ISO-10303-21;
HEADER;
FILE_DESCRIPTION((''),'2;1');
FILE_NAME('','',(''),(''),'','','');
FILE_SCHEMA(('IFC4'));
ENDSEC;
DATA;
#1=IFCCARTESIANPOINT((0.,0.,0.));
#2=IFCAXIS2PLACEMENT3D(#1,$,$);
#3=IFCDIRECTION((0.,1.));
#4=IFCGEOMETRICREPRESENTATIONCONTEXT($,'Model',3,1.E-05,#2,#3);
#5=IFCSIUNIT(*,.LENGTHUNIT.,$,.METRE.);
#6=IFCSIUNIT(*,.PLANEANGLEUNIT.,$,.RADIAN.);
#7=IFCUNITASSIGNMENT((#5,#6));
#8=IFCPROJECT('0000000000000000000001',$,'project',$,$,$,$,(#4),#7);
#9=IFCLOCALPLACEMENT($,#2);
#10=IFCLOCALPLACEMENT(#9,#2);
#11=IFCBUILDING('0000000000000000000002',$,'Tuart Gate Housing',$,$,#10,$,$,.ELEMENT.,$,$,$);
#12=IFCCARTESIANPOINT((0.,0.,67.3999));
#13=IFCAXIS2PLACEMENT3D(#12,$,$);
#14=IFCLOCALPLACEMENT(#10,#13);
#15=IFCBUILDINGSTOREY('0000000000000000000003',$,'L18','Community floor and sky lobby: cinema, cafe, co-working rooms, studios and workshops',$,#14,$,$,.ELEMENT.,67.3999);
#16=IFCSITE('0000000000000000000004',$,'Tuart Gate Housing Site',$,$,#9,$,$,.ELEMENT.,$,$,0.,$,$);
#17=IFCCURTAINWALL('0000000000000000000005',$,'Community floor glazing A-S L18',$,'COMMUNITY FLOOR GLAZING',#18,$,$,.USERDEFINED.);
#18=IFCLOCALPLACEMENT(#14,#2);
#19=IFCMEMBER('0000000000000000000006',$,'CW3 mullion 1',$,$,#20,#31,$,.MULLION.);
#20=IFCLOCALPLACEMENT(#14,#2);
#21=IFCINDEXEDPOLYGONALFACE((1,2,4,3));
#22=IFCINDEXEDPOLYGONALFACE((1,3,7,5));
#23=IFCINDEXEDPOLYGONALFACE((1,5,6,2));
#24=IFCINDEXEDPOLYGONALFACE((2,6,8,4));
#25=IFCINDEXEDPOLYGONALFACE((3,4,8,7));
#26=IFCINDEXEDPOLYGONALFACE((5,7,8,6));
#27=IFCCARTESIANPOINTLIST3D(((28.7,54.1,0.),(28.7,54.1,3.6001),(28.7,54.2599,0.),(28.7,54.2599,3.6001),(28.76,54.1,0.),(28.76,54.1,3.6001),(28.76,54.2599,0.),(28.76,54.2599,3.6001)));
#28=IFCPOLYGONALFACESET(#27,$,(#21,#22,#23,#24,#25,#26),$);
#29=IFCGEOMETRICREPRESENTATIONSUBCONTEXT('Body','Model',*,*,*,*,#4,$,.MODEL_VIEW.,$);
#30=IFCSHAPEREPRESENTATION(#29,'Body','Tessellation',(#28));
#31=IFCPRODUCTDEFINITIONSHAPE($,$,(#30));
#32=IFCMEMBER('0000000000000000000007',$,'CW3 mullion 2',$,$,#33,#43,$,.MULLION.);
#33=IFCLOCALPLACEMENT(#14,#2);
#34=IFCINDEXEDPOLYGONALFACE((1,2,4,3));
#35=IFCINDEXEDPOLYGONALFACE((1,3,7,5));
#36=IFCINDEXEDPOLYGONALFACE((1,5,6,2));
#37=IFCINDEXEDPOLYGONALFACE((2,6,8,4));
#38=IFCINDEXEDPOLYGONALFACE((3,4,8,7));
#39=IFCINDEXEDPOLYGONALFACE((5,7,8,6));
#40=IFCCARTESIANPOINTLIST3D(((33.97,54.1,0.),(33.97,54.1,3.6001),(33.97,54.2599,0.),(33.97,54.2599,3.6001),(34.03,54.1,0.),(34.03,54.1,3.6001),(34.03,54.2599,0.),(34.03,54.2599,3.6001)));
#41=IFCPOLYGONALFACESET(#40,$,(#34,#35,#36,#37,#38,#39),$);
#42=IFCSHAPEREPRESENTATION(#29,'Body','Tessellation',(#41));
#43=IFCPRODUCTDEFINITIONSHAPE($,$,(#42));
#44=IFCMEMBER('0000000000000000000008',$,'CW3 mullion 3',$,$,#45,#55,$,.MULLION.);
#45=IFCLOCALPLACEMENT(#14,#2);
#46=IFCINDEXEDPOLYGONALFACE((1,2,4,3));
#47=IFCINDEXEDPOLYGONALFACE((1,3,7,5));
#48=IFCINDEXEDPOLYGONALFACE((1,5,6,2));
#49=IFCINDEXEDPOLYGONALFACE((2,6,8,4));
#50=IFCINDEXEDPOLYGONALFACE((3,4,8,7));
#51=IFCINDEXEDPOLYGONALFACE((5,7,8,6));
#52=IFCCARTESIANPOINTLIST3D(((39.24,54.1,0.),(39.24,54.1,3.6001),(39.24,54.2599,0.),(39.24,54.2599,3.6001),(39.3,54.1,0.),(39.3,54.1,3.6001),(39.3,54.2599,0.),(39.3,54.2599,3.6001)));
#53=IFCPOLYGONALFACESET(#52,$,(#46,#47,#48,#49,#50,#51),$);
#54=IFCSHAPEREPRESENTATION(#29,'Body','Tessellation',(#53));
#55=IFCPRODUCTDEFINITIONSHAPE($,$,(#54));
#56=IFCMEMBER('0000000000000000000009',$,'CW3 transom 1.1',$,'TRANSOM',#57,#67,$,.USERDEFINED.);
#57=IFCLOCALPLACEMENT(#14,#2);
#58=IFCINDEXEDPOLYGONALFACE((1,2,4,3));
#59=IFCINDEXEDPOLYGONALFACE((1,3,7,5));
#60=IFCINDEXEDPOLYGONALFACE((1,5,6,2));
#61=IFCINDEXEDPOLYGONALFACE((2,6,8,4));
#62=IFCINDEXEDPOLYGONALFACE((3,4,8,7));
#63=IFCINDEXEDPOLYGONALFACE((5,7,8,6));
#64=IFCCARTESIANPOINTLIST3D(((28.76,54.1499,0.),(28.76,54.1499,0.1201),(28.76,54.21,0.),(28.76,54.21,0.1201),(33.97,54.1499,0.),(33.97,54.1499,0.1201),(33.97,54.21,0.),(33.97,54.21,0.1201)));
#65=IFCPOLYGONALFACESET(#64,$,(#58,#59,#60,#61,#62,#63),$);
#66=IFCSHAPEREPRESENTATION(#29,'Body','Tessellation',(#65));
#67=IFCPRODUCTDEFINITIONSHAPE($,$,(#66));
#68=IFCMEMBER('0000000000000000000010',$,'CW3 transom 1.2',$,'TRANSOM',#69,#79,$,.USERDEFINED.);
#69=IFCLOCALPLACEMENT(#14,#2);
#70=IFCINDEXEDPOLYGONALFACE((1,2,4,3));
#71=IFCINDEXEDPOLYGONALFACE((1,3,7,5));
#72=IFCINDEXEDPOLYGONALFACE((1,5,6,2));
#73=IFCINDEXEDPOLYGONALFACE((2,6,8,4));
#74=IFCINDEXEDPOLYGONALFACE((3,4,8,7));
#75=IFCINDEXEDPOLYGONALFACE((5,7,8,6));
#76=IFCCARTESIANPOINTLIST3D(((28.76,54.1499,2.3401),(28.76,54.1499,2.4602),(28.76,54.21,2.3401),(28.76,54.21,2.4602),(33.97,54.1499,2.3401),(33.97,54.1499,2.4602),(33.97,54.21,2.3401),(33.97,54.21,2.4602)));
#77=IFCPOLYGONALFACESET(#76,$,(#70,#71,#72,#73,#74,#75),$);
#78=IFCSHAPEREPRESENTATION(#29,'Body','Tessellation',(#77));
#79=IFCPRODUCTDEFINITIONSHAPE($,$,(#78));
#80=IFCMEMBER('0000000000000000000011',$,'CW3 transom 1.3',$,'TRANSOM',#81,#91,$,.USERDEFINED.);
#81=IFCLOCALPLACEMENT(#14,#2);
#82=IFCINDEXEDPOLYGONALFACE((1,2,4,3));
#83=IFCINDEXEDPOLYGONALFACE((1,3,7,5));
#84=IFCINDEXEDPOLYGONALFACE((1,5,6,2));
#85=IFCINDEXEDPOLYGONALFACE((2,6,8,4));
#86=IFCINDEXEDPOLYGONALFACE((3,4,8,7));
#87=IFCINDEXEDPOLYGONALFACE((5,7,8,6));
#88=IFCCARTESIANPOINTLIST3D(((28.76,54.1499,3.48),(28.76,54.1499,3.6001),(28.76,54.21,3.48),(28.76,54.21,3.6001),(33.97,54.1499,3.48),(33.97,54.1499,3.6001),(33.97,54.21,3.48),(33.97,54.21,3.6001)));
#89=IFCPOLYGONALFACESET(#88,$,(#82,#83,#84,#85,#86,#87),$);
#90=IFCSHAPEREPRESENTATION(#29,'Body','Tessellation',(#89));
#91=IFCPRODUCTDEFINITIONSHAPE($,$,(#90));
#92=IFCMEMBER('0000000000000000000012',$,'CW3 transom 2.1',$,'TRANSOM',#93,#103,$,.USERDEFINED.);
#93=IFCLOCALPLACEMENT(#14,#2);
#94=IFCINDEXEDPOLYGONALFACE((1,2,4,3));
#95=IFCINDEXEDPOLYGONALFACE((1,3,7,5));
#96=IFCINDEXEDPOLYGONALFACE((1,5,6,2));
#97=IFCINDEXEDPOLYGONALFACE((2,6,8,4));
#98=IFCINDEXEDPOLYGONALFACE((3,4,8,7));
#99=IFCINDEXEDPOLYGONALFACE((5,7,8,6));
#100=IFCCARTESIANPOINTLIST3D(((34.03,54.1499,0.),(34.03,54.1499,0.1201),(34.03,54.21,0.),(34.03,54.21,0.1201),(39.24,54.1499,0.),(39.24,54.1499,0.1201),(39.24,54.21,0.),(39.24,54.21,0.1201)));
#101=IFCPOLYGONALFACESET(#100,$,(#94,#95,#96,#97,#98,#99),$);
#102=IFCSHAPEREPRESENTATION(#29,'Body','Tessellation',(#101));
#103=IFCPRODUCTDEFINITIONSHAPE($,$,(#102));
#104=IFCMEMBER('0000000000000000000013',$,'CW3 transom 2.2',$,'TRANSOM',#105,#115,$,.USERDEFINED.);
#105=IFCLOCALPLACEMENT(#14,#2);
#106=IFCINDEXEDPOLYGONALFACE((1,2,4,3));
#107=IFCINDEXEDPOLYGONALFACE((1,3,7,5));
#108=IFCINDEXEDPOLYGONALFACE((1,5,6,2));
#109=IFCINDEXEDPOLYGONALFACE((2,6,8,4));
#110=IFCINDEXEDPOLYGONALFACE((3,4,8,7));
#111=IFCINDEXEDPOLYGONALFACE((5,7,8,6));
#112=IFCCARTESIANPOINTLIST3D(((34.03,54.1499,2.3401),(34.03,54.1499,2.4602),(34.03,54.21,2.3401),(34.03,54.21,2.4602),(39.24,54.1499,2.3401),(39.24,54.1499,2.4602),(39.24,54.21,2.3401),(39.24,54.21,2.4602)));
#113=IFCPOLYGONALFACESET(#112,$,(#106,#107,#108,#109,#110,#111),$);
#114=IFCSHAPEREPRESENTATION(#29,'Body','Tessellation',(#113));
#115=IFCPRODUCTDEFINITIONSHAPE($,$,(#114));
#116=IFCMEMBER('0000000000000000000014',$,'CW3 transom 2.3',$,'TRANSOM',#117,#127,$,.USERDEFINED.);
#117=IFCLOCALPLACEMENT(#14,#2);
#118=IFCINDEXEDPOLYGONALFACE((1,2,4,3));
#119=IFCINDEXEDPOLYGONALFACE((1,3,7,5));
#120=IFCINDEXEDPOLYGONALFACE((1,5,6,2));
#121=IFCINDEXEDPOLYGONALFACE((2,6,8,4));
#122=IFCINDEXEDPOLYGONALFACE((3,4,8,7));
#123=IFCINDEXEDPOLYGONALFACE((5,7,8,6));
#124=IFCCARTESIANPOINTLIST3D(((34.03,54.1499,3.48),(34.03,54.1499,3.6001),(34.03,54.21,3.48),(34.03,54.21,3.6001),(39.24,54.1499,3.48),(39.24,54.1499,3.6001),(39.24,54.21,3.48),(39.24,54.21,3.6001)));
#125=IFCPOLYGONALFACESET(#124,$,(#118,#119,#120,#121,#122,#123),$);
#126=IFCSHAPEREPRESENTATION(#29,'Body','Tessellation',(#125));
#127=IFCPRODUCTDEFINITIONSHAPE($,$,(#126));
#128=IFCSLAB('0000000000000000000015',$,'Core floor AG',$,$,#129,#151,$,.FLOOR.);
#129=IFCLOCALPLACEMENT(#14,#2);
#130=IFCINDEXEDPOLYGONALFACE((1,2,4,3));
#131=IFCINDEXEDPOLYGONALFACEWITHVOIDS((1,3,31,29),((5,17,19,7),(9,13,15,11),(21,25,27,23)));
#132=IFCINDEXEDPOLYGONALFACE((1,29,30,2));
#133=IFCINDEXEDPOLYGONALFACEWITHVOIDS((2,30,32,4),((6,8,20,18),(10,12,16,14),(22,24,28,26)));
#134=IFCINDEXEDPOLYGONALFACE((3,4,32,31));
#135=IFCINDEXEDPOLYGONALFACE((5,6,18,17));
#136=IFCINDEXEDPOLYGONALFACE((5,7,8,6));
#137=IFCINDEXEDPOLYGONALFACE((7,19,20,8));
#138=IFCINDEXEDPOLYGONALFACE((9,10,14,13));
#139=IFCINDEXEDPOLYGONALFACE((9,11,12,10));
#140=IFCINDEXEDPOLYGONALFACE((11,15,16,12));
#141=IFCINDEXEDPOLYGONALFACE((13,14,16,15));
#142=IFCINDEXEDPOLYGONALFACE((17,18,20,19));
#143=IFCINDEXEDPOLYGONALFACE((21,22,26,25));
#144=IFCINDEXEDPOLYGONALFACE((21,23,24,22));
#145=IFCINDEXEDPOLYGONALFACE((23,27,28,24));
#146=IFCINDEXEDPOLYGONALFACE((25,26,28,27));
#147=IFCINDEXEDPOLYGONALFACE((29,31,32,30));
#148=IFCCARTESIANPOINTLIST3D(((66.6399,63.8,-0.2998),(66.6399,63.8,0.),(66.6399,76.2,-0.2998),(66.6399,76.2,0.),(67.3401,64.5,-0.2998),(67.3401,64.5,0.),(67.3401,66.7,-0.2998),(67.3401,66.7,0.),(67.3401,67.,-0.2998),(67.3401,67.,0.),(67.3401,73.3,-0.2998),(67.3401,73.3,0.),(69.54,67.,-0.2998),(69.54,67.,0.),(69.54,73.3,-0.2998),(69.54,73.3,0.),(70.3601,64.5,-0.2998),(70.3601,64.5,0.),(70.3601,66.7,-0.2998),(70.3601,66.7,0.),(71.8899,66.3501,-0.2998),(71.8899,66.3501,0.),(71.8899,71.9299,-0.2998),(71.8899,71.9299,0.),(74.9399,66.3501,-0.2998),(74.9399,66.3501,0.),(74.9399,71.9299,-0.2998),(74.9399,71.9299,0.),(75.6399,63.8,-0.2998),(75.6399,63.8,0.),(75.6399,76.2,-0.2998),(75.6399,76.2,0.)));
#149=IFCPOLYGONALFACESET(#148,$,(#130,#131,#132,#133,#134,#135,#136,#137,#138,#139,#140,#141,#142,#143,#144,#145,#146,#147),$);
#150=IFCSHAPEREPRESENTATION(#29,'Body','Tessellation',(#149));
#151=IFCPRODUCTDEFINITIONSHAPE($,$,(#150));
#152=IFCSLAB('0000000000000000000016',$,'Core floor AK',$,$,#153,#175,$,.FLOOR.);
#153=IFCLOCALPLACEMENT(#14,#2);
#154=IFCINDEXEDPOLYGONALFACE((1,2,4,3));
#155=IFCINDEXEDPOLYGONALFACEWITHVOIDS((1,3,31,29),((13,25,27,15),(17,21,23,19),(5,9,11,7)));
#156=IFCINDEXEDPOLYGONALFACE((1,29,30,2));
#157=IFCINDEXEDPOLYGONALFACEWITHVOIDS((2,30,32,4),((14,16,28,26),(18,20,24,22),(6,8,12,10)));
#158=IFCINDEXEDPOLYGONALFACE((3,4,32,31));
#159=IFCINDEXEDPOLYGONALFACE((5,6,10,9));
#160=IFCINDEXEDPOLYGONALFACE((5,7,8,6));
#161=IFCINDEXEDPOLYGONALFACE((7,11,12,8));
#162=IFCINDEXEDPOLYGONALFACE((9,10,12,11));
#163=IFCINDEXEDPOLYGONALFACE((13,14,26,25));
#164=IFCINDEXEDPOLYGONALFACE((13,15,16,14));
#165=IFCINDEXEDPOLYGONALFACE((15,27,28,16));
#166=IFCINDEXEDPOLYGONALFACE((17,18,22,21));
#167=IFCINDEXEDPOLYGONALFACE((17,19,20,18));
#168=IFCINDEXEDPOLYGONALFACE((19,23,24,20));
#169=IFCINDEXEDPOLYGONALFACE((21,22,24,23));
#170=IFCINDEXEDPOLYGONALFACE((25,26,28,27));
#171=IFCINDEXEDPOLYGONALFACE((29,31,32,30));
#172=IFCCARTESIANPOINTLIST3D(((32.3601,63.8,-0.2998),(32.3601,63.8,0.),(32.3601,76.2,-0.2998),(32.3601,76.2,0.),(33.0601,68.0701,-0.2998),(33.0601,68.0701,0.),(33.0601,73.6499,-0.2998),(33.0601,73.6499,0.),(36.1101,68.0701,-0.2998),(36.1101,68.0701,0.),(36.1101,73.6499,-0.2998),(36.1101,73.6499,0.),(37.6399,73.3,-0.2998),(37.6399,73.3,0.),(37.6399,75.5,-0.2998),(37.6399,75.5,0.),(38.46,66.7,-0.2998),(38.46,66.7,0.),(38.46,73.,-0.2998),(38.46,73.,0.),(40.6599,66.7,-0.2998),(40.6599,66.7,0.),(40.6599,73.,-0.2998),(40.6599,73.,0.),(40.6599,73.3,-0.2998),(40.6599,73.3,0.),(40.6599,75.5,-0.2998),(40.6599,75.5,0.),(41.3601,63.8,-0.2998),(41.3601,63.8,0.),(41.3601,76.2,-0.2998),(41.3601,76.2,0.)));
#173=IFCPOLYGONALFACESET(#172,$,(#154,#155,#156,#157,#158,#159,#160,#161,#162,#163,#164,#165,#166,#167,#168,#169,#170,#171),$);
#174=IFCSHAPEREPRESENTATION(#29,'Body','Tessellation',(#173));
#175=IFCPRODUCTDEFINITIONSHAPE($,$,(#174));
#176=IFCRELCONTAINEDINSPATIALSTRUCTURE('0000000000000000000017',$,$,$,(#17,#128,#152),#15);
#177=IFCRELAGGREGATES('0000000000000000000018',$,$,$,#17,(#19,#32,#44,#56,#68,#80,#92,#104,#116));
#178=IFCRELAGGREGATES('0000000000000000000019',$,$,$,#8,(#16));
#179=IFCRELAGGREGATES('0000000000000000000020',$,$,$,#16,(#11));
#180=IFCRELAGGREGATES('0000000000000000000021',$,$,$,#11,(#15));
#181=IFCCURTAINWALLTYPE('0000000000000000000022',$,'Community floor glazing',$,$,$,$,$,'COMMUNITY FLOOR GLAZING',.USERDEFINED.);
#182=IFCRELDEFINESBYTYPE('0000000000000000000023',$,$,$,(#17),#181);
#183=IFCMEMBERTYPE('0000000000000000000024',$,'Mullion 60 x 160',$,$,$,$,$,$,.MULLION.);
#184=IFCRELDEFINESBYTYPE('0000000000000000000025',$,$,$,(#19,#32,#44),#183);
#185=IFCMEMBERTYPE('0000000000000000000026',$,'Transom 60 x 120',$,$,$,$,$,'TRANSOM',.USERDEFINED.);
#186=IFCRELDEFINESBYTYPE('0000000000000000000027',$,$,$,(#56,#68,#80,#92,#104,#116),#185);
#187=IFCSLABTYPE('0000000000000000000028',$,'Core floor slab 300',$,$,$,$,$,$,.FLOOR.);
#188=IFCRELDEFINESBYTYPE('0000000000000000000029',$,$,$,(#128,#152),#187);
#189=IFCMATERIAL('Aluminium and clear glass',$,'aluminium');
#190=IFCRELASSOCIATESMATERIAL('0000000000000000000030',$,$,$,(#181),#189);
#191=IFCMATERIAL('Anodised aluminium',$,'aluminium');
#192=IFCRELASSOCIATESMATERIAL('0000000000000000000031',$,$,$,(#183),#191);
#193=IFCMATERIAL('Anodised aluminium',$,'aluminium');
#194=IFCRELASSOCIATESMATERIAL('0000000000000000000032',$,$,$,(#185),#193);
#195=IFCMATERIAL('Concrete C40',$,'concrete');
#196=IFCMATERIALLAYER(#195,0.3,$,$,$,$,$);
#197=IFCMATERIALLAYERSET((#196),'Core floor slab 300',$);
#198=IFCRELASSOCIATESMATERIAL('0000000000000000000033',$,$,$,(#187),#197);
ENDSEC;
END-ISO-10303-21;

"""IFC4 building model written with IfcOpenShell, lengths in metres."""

from ifc_helpers import new_model, si_unit, direction, frame, origin, origin_2d, place, context, subcontext, project, spatial, polyline, rectangle, outline, extrude, material, layer, layer_set, material_profile, profile_set, type_object, element, aggregate, save


model = new_model("IFC4")

# Units and contexts
model_context = context("Model", 3, precision=1e-05, world=origin(), true_north=direction((0.0, 1.0)))
body_context = subcontext(model_context, "Body", "Model", "MODEL_VIEW")
ifc_project = project(units=[si_unit("LENGTHUNIT", "METRE"), si_unit("PLANEANGLEUNIT", "RADIAN")], contexts=[model_context])

# Site, building, storey
site_placement = place(None, origin())
site = spatial("IfcSite", under=ifc_project, at=site_placement, Name="Tuart Gate Housing Site", CompositionType="ELEMENT", RefElevation=0.0)
building_placement = place(site_placement, origin())
building = spatial("IfcBuilding", under=site, at=building_placement, Name="Tuart Gate Housing", CompositionType="ELEMENT")
storey_placement = place(building_placement, frame((0.0, 0.0, 67.3999)))
storey = spatial("IfcBuildingStorey", under=building, at=storey_placement, Name="L18", Description="Community floor and sky lobby: cinema, cafe, co-working rooms, studios and workshops", CompositionType="ELEMENT", Elevation=67.3999)

# Curtain wall, members
ifc_material_1 = material(Name="Aluminium and clear glass", Category="aluminium")
curtain_wall_type = type_object("IfcCurtainWallType", Name="Community floor glazing", ElementType="COMMUNITY FLOOR GLAZING", PredefinedType="USERDEFINED", material=ifc_material_1)
curtain_wall_placement = place(storey_placement, origin())
curtain_wall = element("IfcCurtainWall", 1, at=curtain_wall_placement, inside=storey, type_object=curtain_wall_type, Name="Community floor glazing A-S L18", ObjectType="COMMUNITY FLOOR GLAZING", PredefinedType="USERDEFINED")
ifc_material_2 = material(Name="Anodised aluminium", Category="aluminium")
ifc_material_profile_1 = material_profile(ifc_material_2, rectangle(XDim=0.0601, YDim=0.1599, at=origin_2d()), Name="60x160")
ifc_profile_set_1 = profile_set([ifc_material_profile_1], Name="Anodised aluminium")
member_type_1 = type_object("IfcMemberType", Name="Mullion 60 x 160", PredefinedType="MULLION", material=ifc_profile_set_1)
member_1_placement = place(storey_placement, frame((28.73, 54.1799, 0.0), z_axis=(0.0, 0.0, 1.0), x_axis=(1.0, 0.0, 0.0)))
member_1 = element("IfcMember", 2, at=member_1_placement, type_object=member_type_1, Name="CW3 mullion 1", PredefinedType="MULLION", context=body_context, shape_type="SweptSolid", body=[
    extrude(rectangle(XDim=0.0601, YDim=0.1599, at=origin_2d()), origin(), (0.0, 0.0, 1.0), 3.6001),
])
member_2_placement = place(storey_placement, frame((34.0, 54.1799, 0.0), z_axis=(0.0, 0.0, 1.0), x_axis=(1.0, 0.0, 0.0)))
member_2 = element("IfcMember", 3, at=member_2_placement, type_object=member_type_1, Name="CW3 mullion 2", PredefinedType="MULLION", context=body_context, shape_type="SweptSolid", body=[
    extrude(rectangle(XDim=0.0601, YDim=0.1599, at=origin_2d()), origin(), (0.0, 0.0, 1.0), 3.6001),
])
member_3_placement = place(storey_placement, frame((39.27, 54.1799, 0.0), z_axis=(0.0, 0.0, 1.0), x_axis=(1.0, 0.0, 0.0)))
member_3 = element("IfcMember", 4, at=member_3_placement, type_object=member_type_1, Name="CW3 mullion 3", PredefinedType="MULLION", context=body_context, shape_type="SweptSolid", body=[
    extrude(rectangle(XDim=0.0601, YDim=0.1599, at=origin_2d()), origin(), (0.0, 0.0, 1.0), 3.6001),
])
ifc_material_3 = material(Name="Anodised aluminium", Category="aluminium")
ifc_material_profile_2 = material_profile(ifc_material_3, rectangle(XDim=0.0601, YDim=0.1201, at=origin_2d()), Name="60x120")
ifc_profile_set_2 = profile_set([ifc_material_profile_2], Name="Anodised aluminium")
member_type_2 = type_object("IfcMemberType", Name="Transom 60 x 120", ElementType="TRANSOM", PredefinedType="USERDEFINED", material=ifc_profile_set_2)
member_4_placement = place(storey_placement, frame((28.76, 54.1799, 0.0601), z_axis=(1.0, 0.0, 0.0), x_axis=(0.0, 1.0, 0.0)))
member_4 = element("IfcMember", 5, at=member_4_placement, type_object=member_type_2, Name="CW3 transom 1.1", ObjectType="TRANSOM", PredefinedType="USERDEFINED", context=body_context, shape_type="SweptSolid", body=[
    extrude(rectangle(XDim=0.0601, YDim=0.1201, at=origin_2d()), origin(), (0.0, 0.0, 1.0), 5.21),
])
member_5_placement = place(storey_placement, frame((28.76, 54.1799, 2.4001), z_axis=(1.0, 0.0, 0.0), x_axis=(0.0, 1.0, 0.0)))
member_5 = element("IfcMember", 6, at=member_5_placement, type_object=member_type_2, Name="CW3 transom 1.2", ObjectType="TRANSOM", PredefinedType="USERDEFINED", context=body_context, shape_type="SweptSolid", body=[
    extrude(rectangle(XDim=0.0601, YDim=0.1201, at=origin_2d()), origin(), (0.0, 0.0, 1.0), 5.21),
])
member_6_placement = place(storey_placement, frame((28.76, 54.1799, 3.54), z_axis=(1.0, 0.0, 0.0), x_axis=(0.0, 1.0, 0.0)))
member_6 = element("IfcMember", 7, at=member_6_placement, type_object=member_type_2, Name="CW3 transom 1.3", ObjectType="TRANSOM", PredefinedType="USERDEFINED", context=body_context, shape_type="SweptSolid", body=[
    extrude(rectangle(XDim=0.0601, YDim=0.1201, at=origin_2d()), origin(), (0.0, 0.0, 1.0), 5.21),
])
member_7_placement = place(storey_placement, frame((34.03, 54.1799, 0.0601), z_axis=(1.0, 0.0, 0.0), x_axis=(0.0, 1.0, 0.0)))
member_7 = element("IfcMember", 8, at=member_7_placement, type_object=member_type_2, Name="CW3 transom 2.1", ObjectType="TRANSOM", PredefinedType="USERDEFINED", context=body_context, shape_type="SweptSolid", body=[
    extrude(rectangle(XDim=0.0601, YDim=0.1201, at=origin_2d()), origin(), (0.0, 0.0, 1.0), 5.21),
])
member_8_placement = place(storey_placement, frame((34.03, 54.1799, 2.4001), z_axis=(1.0, 0.0, 0.0), x_axis=(0.0, 1.0, 0.0)))
member_8 = element("IfcMember", 9, at=member_8_placement, type_object=member_type_2, Name="CW3 transom 2.2", ObjectType="TRANSOM", PredefinedType="USERDEFINED", context=body_context, shape_type="SweptSolid", body=[
    extrude(rectangle(XDim=0.0601, YDim=0.1201, at=origin_2d()), origin(), (0.0, 0.0, 1.0), 5.21),
])
member_9_placement = place(storey_placement, frame((34.03, 54.1799, 3.54), z_axis=(1.0, 0.0, 0.0), x_axis=(0.0, 1.0, 0.0)))
member_9 = element("IfcMember", 10, at=member_9_placement, type_object=member_type_2, Name="CW3 transom 2.3", ObjectType="TRANSOM", PredefinedType="USERDEFINED", context=body_context, shape_type="SweptSolid", body=[
    extrude(rectangle(XDim=0.0601, YDim=0.1201, at=origin_2d()), origin(), (0.0, 0.0, 1.0), 5.21),
])

# Slabs
ifc_material_4 = material(Name="Concrete C40", Category="concrete")
ifc_layer_1 = layer(ifc_material_4, 0.3)
ifc_layer_set_1 = layer_set([ifc_layer_1], Name="Core floor slab 300")
slab_type_1 = type_object("IfcSlabType", Name="Core floor slab 300", PredefinedType="FLOOR", material=ifc_layer_set_1)
slab_1_placement = place(storey_placement, frame((0.0, 0.0, -0.2998)))
element("IfcSlab", 11, at=slab_1_placement, inside=storey, type_object=slab_type_1, Name="Core floor AG", PredefinedType="FLOOR", context=body_context, shape_type="SweptSolid", body=[
    extrude(outline(polyline([(66.6399, 63.8), (75.6399, 63.8), (75.6399, 76.2), (66.6399, 76.2), (66.6399, 63.8)]), holes=[polyline([(67.3401, 64.5), (70.3601, 64.5), (70.3601, 66.7), (67.3401, 66.7), (67.3401, 64.5)]), polyline([(67.3401, 67.0), (69.54, 67.0), (69.54, 73.3), (67.3401, 73.3), (67.3401, 67.0)]), polyline([(71.8899, 66.3501), (74.9399, 66.3501), (74.9399, 71.9299), (71.8899, 71.9299), (71.8899, 66.3501)])]), origin(), (0.0, 0.0, 1.0), 0.2998),
])
slab_2_placement = place(storey_placement, frame((0.0, 0.0, -0.2998)))
element("IfcSlab", 12, at=slab_2_placement, inside=storey, type_object=slab_type_1, Name="Core floor AK", PredefinedType="FLOOR", context=body_context, shape_type="SweptSolid", body=[
    extrude(outline(polyline([(32.3601, 63.8), (41.3601, 63.8), (41.3601, 76.2), (32.3601, 76.2), (32.3601, 63.8)]), holes=[polyline([(40.6599, 75.5), (37.6399, 75.5), (37.6399, 73.3), (40.6599, 73.3), (40.6599, 75.5)]), polyline([(40.6599, 73.0), (38.46, 73.0), (38.46, 66.7), (40.6599, 66.7), (40.6599, 73.0)]), polyline([(36.1101, 73.6499), (33.0601, 73.6499), (33.0601, 68.0701), (36.1101, 68.0701), (36.1101, 73.6499)])]), origin(), (0.0, 0.0, 1.0), 0.2998),
])

aggregate(curtain_wall, [member_1, member_2, member_3, member_4, member_5, member_6, member_7, member_8, member_9])

save(model, "model.ifc")
